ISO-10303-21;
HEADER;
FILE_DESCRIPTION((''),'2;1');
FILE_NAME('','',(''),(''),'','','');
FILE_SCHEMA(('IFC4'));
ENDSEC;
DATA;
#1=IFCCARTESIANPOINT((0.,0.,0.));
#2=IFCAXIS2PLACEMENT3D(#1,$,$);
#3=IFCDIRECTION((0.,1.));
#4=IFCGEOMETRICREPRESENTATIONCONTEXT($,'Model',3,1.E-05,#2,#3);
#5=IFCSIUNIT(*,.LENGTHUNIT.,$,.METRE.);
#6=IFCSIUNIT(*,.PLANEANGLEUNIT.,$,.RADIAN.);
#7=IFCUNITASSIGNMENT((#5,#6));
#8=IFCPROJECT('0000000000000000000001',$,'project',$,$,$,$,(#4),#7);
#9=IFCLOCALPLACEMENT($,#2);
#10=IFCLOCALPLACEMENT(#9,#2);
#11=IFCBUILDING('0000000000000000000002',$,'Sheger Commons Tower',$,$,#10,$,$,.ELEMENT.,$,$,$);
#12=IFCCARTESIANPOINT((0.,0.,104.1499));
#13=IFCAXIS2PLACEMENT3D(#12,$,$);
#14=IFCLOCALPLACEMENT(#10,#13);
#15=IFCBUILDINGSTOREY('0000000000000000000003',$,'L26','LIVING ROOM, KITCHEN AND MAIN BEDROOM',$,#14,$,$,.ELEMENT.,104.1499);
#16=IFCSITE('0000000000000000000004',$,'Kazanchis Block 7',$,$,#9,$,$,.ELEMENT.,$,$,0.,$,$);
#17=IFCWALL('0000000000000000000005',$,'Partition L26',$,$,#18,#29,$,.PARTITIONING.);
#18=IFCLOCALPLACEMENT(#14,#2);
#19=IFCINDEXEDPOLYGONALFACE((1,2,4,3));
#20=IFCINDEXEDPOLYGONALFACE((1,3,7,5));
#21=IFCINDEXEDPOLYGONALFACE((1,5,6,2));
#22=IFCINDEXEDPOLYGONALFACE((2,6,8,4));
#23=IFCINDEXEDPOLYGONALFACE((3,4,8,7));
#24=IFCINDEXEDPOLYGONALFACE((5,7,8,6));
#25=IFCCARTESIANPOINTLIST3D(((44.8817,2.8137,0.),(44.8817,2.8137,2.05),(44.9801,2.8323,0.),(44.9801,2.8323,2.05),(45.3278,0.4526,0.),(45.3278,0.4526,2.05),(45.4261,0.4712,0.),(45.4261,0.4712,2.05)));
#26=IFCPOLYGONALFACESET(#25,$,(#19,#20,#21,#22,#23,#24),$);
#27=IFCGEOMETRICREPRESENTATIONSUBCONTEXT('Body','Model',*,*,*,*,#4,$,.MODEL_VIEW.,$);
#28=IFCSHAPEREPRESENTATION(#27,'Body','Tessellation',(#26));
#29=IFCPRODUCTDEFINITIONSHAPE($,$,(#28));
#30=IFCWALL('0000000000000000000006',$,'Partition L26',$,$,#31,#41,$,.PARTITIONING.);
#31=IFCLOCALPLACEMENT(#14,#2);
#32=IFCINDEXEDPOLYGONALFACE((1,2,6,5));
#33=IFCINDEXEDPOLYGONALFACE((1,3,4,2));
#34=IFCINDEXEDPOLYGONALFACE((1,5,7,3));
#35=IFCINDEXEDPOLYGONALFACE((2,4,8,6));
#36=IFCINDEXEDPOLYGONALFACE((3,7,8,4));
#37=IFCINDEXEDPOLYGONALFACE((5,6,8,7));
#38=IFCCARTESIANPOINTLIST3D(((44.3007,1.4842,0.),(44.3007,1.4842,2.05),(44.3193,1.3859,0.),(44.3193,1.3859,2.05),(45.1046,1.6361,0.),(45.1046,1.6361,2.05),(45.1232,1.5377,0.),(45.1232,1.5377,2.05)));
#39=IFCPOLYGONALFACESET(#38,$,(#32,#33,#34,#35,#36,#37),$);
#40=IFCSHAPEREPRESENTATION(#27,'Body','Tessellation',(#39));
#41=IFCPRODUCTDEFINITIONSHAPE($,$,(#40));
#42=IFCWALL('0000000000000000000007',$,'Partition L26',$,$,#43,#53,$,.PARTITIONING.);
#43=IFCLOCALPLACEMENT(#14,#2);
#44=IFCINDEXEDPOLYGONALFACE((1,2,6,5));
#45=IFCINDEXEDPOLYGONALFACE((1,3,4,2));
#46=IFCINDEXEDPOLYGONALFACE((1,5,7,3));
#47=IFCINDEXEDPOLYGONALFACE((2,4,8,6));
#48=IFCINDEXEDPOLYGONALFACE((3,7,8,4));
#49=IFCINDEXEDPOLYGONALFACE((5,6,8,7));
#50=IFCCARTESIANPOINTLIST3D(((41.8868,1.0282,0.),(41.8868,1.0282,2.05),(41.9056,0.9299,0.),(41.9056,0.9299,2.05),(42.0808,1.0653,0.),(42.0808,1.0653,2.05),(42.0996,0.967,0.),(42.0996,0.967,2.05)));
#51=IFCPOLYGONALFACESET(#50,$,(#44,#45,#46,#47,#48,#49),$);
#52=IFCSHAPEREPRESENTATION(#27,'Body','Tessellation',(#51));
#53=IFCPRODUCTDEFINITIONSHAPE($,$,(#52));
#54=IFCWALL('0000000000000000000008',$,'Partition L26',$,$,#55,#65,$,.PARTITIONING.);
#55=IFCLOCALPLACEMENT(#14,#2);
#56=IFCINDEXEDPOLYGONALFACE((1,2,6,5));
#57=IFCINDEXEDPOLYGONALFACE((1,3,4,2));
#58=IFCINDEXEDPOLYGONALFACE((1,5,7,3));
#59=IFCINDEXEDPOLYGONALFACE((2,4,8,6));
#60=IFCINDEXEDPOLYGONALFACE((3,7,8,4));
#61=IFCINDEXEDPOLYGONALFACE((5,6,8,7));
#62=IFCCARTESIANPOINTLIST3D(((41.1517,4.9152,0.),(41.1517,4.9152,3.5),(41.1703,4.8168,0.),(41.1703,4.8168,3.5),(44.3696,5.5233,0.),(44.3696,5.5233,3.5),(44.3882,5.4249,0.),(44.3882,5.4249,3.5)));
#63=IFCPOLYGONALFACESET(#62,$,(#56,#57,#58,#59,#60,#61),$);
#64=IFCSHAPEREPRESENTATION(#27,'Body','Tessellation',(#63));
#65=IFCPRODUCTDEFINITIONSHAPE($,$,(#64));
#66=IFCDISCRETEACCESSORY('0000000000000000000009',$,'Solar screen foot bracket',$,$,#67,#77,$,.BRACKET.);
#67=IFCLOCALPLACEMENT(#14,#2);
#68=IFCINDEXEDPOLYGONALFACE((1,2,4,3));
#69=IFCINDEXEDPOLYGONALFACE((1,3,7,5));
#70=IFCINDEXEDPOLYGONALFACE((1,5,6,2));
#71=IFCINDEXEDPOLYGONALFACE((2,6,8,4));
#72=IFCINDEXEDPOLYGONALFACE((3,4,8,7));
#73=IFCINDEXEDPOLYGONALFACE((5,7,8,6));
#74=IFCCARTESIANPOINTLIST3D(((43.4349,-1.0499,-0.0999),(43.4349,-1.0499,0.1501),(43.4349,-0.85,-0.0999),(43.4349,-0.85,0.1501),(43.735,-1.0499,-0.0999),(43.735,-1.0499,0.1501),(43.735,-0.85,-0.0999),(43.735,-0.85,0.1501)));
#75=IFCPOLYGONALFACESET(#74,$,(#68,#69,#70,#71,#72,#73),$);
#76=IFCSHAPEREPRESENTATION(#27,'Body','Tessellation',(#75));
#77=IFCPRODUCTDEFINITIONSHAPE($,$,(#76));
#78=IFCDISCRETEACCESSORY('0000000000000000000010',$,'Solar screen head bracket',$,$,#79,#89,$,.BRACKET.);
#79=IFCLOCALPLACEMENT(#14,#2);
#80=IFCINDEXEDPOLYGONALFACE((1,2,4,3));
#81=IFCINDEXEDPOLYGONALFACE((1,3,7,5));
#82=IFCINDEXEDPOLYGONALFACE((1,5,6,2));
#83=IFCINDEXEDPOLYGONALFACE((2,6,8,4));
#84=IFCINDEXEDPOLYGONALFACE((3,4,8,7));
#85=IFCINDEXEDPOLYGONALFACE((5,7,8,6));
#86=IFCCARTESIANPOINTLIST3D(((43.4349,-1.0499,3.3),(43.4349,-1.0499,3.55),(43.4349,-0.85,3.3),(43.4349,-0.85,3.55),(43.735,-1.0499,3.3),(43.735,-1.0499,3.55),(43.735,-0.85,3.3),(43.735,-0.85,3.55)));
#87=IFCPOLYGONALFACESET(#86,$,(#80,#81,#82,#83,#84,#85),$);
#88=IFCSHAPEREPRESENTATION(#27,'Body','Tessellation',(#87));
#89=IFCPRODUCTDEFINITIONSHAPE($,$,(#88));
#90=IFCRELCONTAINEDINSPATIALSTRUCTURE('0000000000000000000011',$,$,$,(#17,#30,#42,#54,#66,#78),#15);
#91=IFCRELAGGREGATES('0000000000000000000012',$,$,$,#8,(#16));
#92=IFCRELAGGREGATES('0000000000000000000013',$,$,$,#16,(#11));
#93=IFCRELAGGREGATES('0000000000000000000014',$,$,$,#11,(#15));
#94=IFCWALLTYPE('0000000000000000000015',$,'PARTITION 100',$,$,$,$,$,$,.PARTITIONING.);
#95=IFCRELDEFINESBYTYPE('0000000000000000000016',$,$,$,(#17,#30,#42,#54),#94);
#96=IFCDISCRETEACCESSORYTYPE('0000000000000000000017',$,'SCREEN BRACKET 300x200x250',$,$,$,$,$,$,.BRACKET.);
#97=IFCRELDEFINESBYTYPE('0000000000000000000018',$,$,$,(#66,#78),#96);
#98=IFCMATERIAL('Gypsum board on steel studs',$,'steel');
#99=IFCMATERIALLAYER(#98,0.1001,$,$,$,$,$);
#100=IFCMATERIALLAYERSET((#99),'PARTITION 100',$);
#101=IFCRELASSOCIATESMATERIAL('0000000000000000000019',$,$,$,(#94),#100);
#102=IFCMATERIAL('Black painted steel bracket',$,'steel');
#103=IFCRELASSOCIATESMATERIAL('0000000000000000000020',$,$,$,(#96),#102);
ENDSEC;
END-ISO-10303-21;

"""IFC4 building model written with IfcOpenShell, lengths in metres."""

from ifc_helpers import new_model, si_unit, direction, frame, frame_2d, origin, origin_2d, place, context, subcontext, project, spatial, rectangle, extrude, material, layer, layer_set, type_object, element, save


model = new_model("IFC4")

# Units and contexts
model_context = context("Model", 3, precision=1e-05, world=origin(), true_north=direction((0.0, 1.0)))
body_context = subcontext(model_context, "Body", "Model", "MODEL_VIEW")
ifc_project = project(units=[si_unit("LENGTHUNIT", "METRE"), si_unit("PLANEANGLEUNIT", "RADIAN")], contexts=[model_context])

# Site, building, storey
site_placement = place(None, origin())
site = spatial("IfcSite", under=ifc_project, at=site_placement, Name="Kazanchis Block 7", CompositionType="ELEMENT", RefElevation=0.0)
building_placement = place(site_placement, origin())
building = spatial("IfcBuilding", under=site, at=building_placement, Name="Sheger Commons Tower", CompositionType="ELEMENT")
storey_placement = place(building_placement, frame((0.0, 0.0, 104.1499)))
storey = spatial("IfcBuildingStorey", under=building, at=storey_placement, Name="L26", Description="LIVING ROOM, KITCHEN AND MAIN BEDROOM", CompositionType="ELEMENT", Elevation=104.1499)

# Shared definitions
ifc_material_1 = material(Name="Gypsum board on steel studs", Category="steel")
ifc_layer_1 = layer(ifc_material_1, 0.1001)
ifc_layer_set_1 = layer_set([ifc_layer_1], Name="PARTITION 100")
wall_type = type_object("IfcWallType", Name="PARTITION 100", PredefinedType="PARTITIONING", material=ifc_layer_set_1)

# Walls
wall_1_placement = place(storey_placement, frame((44.9309, 2.823, 0.0), z_axis=(0.0, 0.0, 1.0), x_axis=(0.185632, -0.982619, 0.0)))
element("IfcWall", 1, at=wall_1_placement, inside=storey, type_object=wall_type, Name="Partition L26", PredefinedType="PARTITIONING", context=body_context, shape_type="SweptSolid", body=[
    extrude(rectangle(XDim=2.4028, YDim=0.1001, at=frame_2d((1.2014, 0.0))), origin(), (0.0, 0.0, 1.0), 2.05),
])
wall_2_placement = place(storey_placement, frame((45.114, 1.5869, 0.0), z_axis=(0.0, 0.0, 1.0), x_axis=(-0.982625, -0.185604, 0.0)))
element("IfcWall", 2, at=wall_2_placement, inside=storey, type_object=wall_type, Name="Partition L26", PredefinedType="PARTITIONING", context=body_context, shape_type="SweptSolid", body=[
    extrude(rectangle(XDim=0.8181, YDim=0.1001, at=frame_2d((0.4092, 0.0))), origin(), (0.0, 0.0, 1.0), 2.05),
])
wall_3_placement = place(storey_placement, frame((42.0901, 1.0161, 0.0), z_axis=(0.0, 0.0, 1.0), x_axis=(-0.982209, -0.187793, 0.0)))
element("IfcWall", 3, at=wall_3_placement, inside=storey, type_object=wall_type, Name="Partition L26", PredefinedType="PARTITIONING", context=body_context, shape_type="SweptSolid", body=[
    extrude(rectangle(XDim=0.1975, YDim=0.1001, at=frame_2d((0.0986, 0.0))), origin(), (0.0, 0.0, 1.0), 2.05),
])
wall_4_placement = place(storey_placement, frame((44.3789, 5.4741, 0.0), z_axis=(0.0, 0.0, 1.0), x_axis=(-0.982607, -0.185697, 0.0)))
element("IfcWall", 4, at=wall_4_placement, inside=storey, type_object=wall_type, Name="Partition L26", PredefinedType="PARTITIONING", context=body_context, shape_type="SweptSolid", body=[
    extrude(rectangle(XDim=3.2749, YDim=0.1001, at=frame_2d((1.6375, 0.0))), origin(), (0.0, 0.0, 1.0), 3.5),
])

# Discrete accessories
ifc_material_2 = material(Name="Black painted steel bracket", Category="steel")
discrete_accessory_type = type_object("IfcDiscreteAccessoryType", Name="SCREEN BRACKET 300x200x250", PredefinedType="BRACKET", material=ifc_material_2)
for number, where, z_axis, x_axis, name in (
    (5, (43.585, -0.95, -0.0999), (0.0, 0.0, 1.0), (1.0, 0.0, 0.0), "Solar screen foot bracket"),
    (6, (43.585, -0.95, 3.3), (0.0, 0.0, 1.0), (1.0, 0.0, 0.0), "Solar screen head bracket"),
):
    element("IfcDiscreteAccessory", number, at=place(storey_placement, frame(where, z_axis=z_axis, x_axis=x_axis)), inside=storey, type_object=discrete_accessory_type, Name=name, PredefinedType="BRACKET", context=body_context, shape_type="SweptSolid", body=[
        extrude(rectangle(XDim=0.3, YDim=0.2, at=origin_2d()), origin(), (0.0, 0.0, 1.0), 0.25),
    ])

save(model, "model.ifc")
